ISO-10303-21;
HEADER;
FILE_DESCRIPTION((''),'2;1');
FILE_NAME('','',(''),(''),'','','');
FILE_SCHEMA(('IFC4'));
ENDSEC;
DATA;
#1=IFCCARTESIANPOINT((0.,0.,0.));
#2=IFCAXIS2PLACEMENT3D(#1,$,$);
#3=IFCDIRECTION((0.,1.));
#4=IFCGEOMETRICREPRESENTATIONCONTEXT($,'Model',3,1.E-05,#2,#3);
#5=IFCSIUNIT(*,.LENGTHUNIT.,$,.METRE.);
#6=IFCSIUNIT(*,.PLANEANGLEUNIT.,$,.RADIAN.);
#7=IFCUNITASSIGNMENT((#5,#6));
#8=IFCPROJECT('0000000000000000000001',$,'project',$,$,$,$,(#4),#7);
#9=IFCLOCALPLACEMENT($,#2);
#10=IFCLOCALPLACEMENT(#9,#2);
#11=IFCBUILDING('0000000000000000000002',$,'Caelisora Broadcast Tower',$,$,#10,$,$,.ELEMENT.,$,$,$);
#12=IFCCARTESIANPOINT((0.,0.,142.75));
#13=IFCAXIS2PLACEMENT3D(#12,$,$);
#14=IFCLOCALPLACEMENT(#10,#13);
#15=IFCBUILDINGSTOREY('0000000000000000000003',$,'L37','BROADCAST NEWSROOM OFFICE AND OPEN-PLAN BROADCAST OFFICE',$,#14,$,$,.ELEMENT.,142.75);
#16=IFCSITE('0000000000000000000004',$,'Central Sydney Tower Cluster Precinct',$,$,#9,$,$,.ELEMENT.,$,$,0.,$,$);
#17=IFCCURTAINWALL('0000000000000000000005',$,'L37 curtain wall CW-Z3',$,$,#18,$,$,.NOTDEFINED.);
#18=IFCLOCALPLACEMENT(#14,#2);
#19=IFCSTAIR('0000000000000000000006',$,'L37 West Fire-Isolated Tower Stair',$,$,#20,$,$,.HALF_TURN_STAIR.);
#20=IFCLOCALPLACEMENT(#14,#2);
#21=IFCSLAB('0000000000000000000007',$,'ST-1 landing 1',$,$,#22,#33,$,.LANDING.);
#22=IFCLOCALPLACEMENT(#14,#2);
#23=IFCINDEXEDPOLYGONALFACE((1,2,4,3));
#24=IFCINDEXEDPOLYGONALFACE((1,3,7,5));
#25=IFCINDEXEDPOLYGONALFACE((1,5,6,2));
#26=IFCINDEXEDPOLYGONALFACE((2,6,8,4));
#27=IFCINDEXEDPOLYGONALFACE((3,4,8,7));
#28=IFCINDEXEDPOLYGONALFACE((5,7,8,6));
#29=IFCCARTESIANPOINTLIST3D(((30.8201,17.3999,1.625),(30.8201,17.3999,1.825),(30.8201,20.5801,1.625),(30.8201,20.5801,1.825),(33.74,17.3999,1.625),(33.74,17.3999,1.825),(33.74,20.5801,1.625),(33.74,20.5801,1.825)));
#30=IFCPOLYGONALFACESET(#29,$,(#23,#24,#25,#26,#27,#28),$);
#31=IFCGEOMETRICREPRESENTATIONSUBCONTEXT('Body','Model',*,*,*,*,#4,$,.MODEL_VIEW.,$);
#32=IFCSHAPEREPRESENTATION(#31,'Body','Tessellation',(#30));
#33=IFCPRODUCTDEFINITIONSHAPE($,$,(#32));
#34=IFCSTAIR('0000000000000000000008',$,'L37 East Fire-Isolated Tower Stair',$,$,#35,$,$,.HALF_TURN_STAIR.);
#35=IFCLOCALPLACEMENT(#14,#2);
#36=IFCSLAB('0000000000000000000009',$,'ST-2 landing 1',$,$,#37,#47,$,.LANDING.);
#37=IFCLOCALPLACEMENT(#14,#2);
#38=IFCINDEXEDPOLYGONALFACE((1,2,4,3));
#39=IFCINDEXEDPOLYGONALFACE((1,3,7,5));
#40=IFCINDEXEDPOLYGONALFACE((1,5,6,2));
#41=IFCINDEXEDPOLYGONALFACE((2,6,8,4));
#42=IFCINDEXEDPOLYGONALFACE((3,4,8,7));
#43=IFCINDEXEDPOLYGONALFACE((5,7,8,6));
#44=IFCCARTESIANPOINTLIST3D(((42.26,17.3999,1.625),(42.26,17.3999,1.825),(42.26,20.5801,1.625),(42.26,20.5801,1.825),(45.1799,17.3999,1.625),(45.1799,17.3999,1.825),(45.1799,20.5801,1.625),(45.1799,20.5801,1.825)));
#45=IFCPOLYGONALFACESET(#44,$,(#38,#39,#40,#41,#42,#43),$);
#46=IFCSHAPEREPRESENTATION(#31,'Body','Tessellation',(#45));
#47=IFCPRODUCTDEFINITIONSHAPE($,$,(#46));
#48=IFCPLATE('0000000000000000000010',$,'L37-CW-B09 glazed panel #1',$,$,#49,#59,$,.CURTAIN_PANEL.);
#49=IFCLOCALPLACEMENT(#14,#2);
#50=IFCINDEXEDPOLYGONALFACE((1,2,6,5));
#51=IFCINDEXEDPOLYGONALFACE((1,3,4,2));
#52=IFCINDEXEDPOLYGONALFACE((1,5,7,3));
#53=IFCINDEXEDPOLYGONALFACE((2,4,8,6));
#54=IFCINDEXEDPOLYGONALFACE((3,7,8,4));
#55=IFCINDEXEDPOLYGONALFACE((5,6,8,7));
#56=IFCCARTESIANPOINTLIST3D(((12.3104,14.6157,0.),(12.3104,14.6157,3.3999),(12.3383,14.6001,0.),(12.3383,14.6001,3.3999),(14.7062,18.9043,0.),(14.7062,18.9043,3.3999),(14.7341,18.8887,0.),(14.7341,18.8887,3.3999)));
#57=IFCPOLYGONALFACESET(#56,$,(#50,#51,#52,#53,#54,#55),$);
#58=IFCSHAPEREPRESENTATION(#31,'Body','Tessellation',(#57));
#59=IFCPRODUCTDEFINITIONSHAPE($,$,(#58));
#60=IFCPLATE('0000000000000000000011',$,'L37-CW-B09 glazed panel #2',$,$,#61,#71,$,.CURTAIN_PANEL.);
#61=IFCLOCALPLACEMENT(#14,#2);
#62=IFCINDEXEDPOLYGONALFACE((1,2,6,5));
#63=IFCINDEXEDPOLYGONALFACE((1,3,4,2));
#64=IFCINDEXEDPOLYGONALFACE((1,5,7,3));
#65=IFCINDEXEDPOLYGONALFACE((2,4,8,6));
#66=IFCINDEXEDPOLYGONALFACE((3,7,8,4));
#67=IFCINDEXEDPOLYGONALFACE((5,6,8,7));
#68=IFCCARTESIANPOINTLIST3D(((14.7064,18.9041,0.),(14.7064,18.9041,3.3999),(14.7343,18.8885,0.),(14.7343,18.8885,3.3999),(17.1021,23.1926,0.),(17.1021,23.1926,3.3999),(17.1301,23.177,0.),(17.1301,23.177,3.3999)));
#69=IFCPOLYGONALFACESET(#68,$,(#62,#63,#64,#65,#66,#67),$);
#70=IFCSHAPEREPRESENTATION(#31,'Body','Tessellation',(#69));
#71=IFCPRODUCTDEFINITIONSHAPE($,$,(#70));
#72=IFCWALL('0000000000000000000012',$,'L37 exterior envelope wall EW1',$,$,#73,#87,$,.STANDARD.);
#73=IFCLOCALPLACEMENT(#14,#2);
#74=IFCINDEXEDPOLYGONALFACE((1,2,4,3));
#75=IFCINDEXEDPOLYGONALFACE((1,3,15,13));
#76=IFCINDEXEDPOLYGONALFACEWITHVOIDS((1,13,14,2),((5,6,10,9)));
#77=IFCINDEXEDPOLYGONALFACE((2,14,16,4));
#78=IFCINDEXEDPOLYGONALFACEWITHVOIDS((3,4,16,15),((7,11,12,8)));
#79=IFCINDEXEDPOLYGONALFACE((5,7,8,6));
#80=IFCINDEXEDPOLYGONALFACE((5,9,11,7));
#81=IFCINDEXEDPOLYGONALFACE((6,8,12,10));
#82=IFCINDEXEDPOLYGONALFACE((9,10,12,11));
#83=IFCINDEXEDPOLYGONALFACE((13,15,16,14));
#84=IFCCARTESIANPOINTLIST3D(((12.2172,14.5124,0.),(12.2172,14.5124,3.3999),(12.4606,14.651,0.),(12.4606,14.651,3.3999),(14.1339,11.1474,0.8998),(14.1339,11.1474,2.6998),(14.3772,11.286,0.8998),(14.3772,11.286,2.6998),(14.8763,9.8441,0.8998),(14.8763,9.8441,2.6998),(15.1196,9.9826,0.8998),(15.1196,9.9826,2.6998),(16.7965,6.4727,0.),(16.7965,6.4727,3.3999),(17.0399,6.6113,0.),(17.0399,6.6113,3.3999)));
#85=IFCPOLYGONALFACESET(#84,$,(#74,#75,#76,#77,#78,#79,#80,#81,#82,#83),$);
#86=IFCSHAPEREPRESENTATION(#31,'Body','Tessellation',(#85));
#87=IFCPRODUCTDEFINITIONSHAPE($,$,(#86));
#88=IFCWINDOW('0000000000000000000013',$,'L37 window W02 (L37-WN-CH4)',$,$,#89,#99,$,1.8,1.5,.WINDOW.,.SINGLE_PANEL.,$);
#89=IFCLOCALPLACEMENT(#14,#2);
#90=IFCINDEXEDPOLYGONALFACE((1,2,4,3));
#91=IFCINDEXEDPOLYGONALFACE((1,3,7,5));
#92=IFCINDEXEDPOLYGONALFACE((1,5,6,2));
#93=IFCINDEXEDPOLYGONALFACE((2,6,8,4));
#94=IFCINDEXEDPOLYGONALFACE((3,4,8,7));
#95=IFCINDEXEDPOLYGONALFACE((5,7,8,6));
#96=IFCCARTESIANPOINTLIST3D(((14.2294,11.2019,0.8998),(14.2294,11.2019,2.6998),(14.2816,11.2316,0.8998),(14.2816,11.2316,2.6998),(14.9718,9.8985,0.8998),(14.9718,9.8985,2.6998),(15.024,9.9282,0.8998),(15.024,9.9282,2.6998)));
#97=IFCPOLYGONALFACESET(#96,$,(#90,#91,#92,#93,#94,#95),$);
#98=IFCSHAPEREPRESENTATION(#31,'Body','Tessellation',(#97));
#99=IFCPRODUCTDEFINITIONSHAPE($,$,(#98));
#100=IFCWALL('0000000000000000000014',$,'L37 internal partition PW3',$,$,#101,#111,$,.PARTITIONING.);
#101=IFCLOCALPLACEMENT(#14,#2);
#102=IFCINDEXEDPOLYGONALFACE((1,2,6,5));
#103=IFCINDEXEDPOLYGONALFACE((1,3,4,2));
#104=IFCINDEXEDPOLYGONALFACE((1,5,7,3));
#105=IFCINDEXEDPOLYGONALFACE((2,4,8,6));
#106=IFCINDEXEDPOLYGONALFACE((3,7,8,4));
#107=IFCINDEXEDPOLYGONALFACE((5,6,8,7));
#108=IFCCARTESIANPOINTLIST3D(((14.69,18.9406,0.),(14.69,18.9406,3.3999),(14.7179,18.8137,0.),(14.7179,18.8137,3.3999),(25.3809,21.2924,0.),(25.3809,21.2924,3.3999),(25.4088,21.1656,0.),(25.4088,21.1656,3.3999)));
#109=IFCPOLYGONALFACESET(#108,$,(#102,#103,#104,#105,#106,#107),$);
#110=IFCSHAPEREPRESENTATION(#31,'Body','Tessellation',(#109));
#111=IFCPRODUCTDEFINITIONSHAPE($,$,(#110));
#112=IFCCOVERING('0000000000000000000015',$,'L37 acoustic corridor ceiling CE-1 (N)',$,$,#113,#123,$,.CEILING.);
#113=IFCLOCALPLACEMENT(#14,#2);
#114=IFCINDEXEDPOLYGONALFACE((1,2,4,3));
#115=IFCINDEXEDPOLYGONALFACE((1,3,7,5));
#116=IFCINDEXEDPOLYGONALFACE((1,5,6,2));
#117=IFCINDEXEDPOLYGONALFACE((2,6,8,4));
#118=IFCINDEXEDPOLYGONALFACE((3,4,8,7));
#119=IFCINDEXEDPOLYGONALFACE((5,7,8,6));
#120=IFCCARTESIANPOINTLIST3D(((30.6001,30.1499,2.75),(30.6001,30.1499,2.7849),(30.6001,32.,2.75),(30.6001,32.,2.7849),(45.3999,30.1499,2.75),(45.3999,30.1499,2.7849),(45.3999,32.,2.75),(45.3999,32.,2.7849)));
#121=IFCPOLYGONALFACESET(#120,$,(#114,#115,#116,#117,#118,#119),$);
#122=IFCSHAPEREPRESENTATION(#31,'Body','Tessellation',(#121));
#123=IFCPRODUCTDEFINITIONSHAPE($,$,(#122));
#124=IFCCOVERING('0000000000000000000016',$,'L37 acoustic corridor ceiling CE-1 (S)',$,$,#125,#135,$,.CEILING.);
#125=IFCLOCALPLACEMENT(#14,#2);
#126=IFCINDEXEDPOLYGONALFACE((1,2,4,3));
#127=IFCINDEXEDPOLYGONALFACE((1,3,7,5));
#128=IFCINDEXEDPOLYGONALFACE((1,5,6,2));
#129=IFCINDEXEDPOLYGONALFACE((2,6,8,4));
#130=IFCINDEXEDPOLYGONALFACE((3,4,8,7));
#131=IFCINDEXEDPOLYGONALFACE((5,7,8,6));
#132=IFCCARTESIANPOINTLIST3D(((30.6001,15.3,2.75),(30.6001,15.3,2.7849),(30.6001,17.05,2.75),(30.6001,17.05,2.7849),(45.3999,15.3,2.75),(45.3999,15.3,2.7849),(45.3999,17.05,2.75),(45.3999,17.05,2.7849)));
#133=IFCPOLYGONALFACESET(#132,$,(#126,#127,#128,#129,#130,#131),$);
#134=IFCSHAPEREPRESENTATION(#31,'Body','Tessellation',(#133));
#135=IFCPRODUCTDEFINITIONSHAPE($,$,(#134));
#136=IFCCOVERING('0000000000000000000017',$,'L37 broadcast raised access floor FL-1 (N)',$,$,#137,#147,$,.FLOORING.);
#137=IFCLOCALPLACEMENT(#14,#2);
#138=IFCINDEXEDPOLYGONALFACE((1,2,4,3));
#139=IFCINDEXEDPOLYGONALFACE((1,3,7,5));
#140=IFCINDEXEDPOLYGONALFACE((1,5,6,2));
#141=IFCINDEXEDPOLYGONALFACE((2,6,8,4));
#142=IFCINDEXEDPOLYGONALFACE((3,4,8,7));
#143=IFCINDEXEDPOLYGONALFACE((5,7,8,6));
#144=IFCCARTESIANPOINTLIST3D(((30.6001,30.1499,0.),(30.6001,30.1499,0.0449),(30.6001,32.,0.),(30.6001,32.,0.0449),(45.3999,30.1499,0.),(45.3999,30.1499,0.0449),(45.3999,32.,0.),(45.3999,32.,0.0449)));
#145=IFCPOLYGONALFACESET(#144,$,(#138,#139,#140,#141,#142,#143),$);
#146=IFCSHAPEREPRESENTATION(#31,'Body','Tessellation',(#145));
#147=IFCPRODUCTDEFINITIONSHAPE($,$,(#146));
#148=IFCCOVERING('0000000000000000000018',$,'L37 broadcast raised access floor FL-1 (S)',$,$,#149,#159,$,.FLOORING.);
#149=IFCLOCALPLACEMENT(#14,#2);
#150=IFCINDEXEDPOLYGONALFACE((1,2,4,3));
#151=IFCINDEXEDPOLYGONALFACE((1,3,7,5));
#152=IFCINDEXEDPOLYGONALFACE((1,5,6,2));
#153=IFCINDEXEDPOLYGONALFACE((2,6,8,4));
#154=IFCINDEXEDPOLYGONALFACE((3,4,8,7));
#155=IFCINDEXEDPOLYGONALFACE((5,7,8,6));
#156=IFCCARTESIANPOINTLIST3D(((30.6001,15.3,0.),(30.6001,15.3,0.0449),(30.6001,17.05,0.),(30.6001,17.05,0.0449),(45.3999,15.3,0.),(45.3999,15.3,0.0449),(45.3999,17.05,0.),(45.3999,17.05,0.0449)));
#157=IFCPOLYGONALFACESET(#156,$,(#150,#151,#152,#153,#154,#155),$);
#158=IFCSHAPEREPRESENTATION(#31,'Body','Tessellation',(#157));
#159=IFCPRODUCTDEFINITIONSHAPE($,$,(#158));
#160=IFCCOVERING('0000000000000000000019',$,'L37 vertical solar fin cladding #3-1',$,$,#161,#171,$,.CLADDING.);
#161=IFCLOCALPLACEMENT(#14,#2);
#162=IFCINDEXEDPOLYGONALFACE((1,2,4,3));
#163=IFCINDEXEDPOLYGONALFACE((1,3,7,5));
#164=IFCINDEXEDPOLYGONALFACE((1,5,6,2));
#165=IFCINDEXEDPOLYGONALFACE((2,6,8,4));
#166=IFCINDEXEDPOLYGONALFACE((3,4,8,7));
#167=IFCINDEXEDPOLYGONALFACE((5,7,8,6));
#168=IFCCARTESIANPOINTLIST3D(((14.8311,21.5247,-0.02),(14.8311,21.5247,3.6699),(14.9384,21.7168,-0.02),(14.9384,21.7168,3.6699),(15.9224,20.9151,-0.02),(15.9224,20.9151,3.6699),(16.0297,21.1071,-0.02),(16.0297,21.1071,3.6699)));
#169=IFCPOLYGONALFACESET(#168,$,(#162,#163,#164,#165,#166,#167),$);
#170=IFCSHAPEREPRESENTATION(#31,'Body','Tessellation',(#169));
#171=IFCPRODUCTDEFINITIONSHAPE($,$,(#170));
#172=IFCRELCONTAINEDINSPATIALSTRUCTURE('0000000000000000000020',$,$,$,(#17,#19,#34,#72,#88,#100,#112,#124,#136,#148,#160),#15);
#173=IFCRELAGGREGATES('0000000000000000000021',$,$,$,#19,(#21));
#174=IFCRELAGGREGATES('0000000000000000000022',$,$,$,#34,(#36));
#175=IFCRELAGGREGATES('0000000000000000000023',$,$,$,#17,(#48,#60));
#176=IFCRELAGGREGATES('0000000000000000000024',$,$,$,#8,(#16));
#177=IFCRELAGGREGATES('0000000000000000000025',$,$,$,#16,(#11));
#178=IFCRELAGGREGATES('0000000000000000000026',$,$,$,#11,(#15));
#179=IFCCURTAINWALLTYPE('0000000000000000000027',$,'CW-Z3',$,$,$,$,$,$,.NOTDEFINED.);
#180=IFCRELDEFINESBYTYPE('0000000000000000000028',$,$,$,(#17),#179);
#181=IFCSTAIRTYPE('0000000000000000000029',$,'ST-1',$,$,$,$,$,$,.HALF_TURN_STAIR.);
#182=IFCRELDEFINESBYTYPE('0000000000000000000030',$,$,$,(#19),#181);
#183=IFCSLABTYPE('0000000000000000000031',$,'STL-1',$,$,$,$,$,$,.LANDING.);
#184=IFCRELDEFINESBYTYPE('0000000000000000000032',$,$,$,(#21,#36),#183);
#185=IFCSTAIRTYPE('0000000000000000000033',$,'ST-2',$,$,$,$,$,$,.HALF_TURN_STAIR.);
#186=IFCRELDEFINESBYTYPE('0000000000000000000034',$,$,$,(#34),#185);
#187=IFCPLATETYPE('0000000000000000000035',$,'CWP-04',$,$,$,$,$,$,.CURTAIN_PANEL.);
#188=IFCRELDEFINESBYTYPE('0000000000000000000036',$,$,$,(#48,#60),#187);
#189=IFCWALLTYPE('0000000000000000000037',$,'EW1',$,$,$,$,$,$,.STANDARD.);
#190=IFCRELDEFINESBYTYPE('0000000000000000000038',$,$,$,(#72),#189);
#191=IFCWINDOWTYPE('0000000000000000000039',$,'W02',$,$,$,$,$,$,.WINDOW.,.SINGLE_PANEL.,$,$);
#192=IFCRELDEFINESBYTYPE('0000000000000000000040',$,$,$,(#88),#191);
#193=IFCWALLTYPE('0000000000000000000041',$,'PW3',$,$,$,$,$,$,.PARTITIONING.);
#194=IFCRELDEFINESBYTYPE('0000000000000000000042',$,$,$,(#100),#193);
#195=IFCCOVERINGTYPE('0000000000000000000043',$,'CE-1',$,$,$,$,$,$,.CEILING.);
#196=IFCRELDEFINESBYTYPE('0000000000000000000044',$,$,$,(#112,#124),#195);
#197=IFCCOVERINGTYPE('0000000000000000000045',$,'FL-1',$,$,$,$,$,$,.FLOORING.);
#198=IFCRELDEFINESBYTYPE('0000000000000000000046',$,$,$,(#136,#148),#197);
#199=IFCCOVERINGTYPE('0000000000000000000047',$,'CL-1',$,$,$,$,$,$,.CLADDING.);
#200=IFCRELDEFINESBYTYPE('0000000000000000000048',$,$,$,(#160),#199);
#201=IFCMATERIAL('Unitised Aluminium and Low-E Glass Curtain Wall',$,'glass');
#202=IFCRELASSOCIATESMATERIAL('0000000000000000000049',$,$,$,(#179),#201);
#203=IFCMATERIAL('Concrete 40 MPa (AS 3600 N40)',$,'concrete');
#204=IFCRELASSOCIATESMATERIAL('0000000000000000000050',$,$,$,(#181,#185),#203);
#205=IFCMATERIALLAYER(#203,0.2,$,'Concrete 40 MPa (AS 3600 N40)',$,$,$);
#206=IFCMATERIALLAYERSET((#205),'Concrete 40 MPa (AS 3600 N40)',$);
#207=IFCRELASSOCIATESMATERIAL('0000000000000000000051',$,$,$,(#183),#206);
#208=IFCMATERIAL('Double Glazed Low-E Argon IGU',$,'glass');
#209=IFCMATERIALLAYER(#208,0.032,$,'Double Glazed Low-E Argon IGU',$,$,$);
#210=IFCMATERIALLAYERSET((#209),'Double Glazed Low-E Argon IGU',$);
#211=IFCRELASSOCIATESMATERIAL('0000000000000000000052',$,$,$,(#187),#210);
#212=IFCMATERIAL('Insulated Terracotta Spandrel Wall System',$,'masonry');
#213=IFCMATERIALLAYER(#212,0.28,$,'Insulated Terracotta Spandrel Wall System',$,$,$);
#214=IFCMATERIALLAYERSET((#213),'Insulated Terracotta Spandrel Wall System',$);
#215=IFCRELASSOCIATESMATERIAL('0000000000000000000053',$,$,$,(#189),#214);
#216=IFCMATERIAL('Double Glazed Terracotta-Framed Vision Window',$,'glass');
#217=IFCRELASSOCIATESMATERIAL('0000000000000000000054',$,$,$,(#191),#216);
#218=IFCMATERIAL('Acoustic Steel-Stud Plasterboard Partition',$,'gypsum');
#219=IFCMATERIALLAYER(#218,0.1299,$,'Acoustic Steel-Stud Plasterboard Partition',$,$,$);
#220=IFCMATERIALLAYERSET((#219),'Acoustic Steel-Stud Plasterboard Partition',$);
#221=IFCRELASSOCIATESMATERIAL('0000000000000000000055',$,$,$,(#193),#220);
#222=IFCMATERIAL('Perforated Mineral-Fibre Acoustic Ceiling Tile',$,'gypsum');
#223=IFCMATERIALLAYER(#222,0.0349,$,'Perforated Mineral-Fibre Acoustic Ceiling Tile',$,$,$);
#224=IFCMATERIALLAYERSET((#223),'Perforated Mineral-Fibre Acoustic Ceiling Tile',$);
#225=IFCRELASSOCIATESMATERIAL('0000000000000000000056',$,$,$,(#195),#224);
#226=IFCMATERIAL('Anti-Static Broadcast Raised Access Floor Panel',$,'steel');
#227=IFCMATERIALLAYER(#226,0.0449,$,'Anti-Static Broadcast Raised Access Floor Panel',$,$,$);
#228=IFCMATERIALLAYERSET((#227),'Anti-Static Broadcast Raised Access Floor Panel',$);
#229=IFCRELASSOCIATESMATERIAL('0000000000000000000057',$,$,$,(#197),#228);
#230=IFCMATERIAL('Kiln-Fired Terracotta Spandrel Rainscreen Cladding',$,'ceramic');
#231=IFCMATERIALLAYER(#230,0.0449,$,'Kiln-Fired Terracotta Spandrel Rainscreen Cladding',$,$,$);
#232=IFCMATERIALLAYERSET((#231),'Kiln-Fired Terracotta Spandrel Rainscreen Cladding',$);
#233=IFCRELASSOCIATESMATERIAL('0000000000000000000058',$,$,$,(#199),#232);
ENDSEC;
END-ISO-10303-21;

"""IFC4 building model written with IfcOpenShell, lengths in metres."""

from ifc_helpers import new_model, si_unit, direction, frame, frame_2d, origin, origin_2d, place, context, subcontext, project, spatial, polyline, rectangle, outline, extrude, source, transform, mapped, material, layer, layer_set, type_object, type_shapes, element, fill, aggregate, save


model = new_model("IFC4")

# Units and contexts
model_context = context("Model", 3, precision=1e-05, world=origin(), true_north=direction((0.0, 1.0)))
body_context = subcontext(model_context, "Body", "Model", "MODEL_VIEW")
ifc_project = project(units=[si_unit("LENGTHUNIT", "METRE"), si_unit("PLANEANGLEUNIT", "RADIAN")], contexts=[model_context])

# Site, building, storey
site_placement = place(None, origin())
site = spatial("IfcSite", under=ifc_project, at=site_placement, Name="Central Sydney Tower Cluster Precinct", CompositionType="ELEMENT", RefElevation=0.0)
building_placement = place(site_placement, origin())
building = spatial("IfcBuilding", under=site, at=building_placement, Name="Caelisora Broadcast Tower", CompositionType="ELEMENT")
storey_placement = place(building_placement, frame((0.0, 0.0, 142.75)))
storey = spatial("IfcBuildingStorey", under=building, at=storey_placement, Name="L37", Description="BROADCAST NEWSROOM OFFICE AND OPEN-PLAN BROADCAST OFFICE", CompositionType="ELEMENT", Elevation=142.75)

# Curtain wall
ifc_material_1 = material(Name="Unitised Aluminium and Low-E Glass Curtain Wall", Category="glass")
curtain_wall_type = type_object("IfcCurtainWallType", Name="CW-Z3", PredefinedType="NOTDEFINED", material=ifc_material_1)
curtain_wall_placement = place(storey_placement, origin())
curtain_wall = element("IfcCurtainWall", 1, at=curtain_wall_placement, inside=storey, type_object=curtain_wall_type, Name="L37 curtain wall CW-Z3", PredefinedType="NOTDEFINED")

# Shared definitions
ifc_material_2 = material(Name="Concrete 40 MPa (AS 3600 N40)", Category="concrete")

# Stairs, slabs
stair_type_1 = type_object("IfcStairType", Name="ST-1", PredefinedType="HALF_TURN_STAIR", material=ifc_material_2)
stair_1_placement = place(storey_placement, origin())
stair_1 = element("IfcStair", 2, at=stair_1_placement, inside=storey, type_object=stair_type_1, Name="L37 West Fire-Isolated Tower Stair", PredefinedType="HALF_TURN_STAIR")
ifc_layer_1 = layer(ifc_material_2, 0.2, Name="Concrete 40 MPa (AS 3600 N40)")
ifc_layer_set_1 = layer_set([ifc_layer_1], Name="Concrete 40 MPa (AS 3600 N40)")
slab_type_1 = type_object("IfcSlabType", Name="STL-1", PredefinedType="LANDING", material=ifc_layer_set_1)
slab_1_placement = place(storey_placement, frame((0.0, 0.0, 1.625)))
slab_1 = element("IfcSlab", 3, at=slab_1_placement, type_object=slab_type_1, Name="ST-1 landing 1", PredefinedType="LANDING", context=body_context, shape_type="SweptSolid", body=[
    extrude(outline(polyline([(30.8201, 20.5801), (30.8201, 17.3999), (33.74, 17.3999), (33.74, 20.5801), (30.8201, 20.5801)])), origin(), (0.0, 0.0, 1.0), 0.2),
])
aggregate(stair_1, [slab_1])
stair_type_2 = type_object("IfcStairType", Name="ST-2", PredefinedType="HALF_TURN_STAIR", material=ifc_material_2)
stair_2_placement = place(storey_placement, origin())
stair_2 = element("IfcStair", 4, at=stair_2_placement, inside=storey, type_object=stair_type_2, Name="L37 East Fire-Isolated Tower Stair", PredefinedType="HALF_TURN_STAIR")
slab_2_placement = place(storey_placement, frame((0.0, 0.0, 1.625)))
slab_2 = element("IfcSlab", 5, at=slab_2_placement, type_object=slab_type_1, Name="ST-2 landing 1", PredefinedType="LANDING", context=body_context, shape_type="SweptSolid", body=[
    extrude(outline(polyline([(42.26, 20.5801), (42.26, 17.3999), (45.1799, 17.3999), (45.1799, 20.5801), (42.26, 20.5801)])), origin(), (0.0, 0.0, 1.0), 0.2),
])
aggregate(stair_2, [slab_2])

# Plates
ifc_material_3 = material(Name="Double Glazed Low-E Argon IGU", Category="glass")
ifc_layer_2 = layer(ifc_material_3, 0.032, Name="Double Glazed Low-E Argon IGU")
ifc_layer_set_2 = layer_set([ifc_layer_2], Name="Double Glazed Low-E Argon IGU")
plate_type = type_object("IfcPlateType", Name="CWP-04", PredefinedType="CURTAIN_PANEL", material=ifc_layer_set_2)
shared_shape_1 = source(origin(), body_context, "Body", "SweptSolid", [
    extrude(rectangle(XDim=4.9124, YDim=0.032, at=origin_2d()), origin(), (0.0, 0.0, 1.0), 3.3999),
])
type_shapes(plate_type, [shared_shape_1])
plate_1_placement = place(storey_placement, frame((13.5222, 16.7522, 0.0), z_axis=(0.0, 0.0, 1.0), x_axis=(0.487707, 0.873007, 0.0)))
plate_1 = element("IfcPlate", 6, at=plate_1_placement, type_object=plate_type, Name="L37-CW-B09 glazed panel #1", PredefinedType="CURTAIN_PANEL", context=body_context, shape_type="MappedRepresentation", body=[
    mapped(shared_shape_1, transform((0.0, 0.0, 0.0), scale=1.0)),
])
plate_2_placement = place(storey_placement, frame((15.9182, 21.0405, 0.0), z_axis=(0.0, 0.0, 1.0), x_axis=(0.487707, 0.873007, 0.0)))
plate_2 = element("IfcPlate", 7, at=plate_2_placement, type_object=plate_type, Name="L37-CW-B09 glazed panel #2", PredefinedType="CURTAIN_PANEL", context=body_context, shape_type="MappedRepresentation", body=[
    mapped(shared_shape_1, transform((0.0, 0.0, 0.0), scale=1.0)),
])
aggregate(curtain_wall, [plate_1, plate_2])

# Wall, opening, window
ifc_material_4 = material(Name="Insulated Terracotta Spandrel Wall System", Category="masonry")
ifc_layer_3 = layer(ifc_material_4, 0.28, Name="Insulated Terracotta Spandrel Wall System")
ifc_layer_set_3 = layer_set([ifc_layer_3], Name="Insulated Terracotta Spandrel Wall System")
wall_type_1 = type_object("IfcWallType", Name="EW1", PredefinedType="STANDARD", material=ifc_layer_set_3)
wall_1_placement = place(storey_placement, frame((16.9182, 6.542, 0.0), z_axis=(0.0, 0.0, 1.0), x_axis=(-0.494931, 0.868932, 0.0)))
wall_1 = element("IfcWall", 8, at=wall_1_placement, inside=storey, type_object=wall_type_1, Name="L37 exterior envelope wall EW1", PredefinedType="STANDARD", context=body_context, shape_type="SweptSolid", body=[
    extrude(rectangle(XDim=9.2524, YDim=0.28, at=frame_2d((4.6262, 0.0))), origin(), (0.0, 0.0, 1.0), 3.3999),
])
opening_placement = place(wall_1_placement, frame((3.8799, 0.0, 0.8999)))
opening = element("IfcOpeningElement", 9, at=opening_placement, cuts=wall_1, PredefinedType="OPENING", context=body_context, shape_type="SweptSolid", body=[
    extrude(rectangle(XDim=1.5, YDim=1.8, at=frame_2d((0.75, 0.8999))), frame((0.0, 0.1521, 0.0), z_axis=(0.0, -1.0, 0.0), x_axis=(1.0, 0.0, 0.0)), (0.0, 0.0, 1.0), 0.304),
])
ifc_material_5 = material(Name="Double Glazed Terracotta-Framed Vision Window", Category="glass")
window_type = type_object("IfcWindowType", Name="W02", PartitioningType="SINGLE_PANEL", PredefinedType="WINDOW", material=ifc_material_5)
window_placement = place(opening_placement, origin())
window = element("IfcWindow", 10, at=window_placement, inside=storey, type_object=window_type, Name="L37 window W02 (L37-WN-CH4)", OverallHeight=1.8, OverallWidth=1.5, PartitioningType="SINGLE_PANEL", PredefinedType="WINDOW", context=body_context, shape_type="SweptSolid", body=[
    extrude(rectangle(XDim=1.5, YDim=1.8, at=frame_2d((0.75, 0.8999))), frame((0.0, 0.03, 0.0), z_axis=(0.0, -1.0, 0.0), x_axis=(1.0, 0.0, 0.0)), (0.0, 0.0, 1.0), 0.0601),
])
fill(opening, window)

# Wall
ifc_material_6 = material(Name="Acoustic Steel-Stud Plasterboard Partition", Category="gypsum")
ifc_layer_4 = layer(ifc_material_6, 0.1299, Name="Acoustic Steel-Stud Plasterboard Partition")
ifc_layer_set_4 = layer_set([ifc_layer_4], Name="Acoustic Steel-Stud Plasterboard Partition")
wall_type_2 = type_object("IfcWallType", Name="PW3", PredefinedType="PARTITIONING", material=ifc_layer_set_4)
wall_2_placement = place(storey_placement, frame((14.7041, 18.8772, 0.0), z_axis=(0.0, 0.0, 1.0), x_axis=(0.976648, 0.214845, 0.0)))
element("IfcWall", 11, at=wall_2_placement, inside=storey, type_object=wall_type_2, Name="L37 internal partition PW3", PredefinedType="PARTITIONING", context=body_context, shape_type="SweptSolid", body=[
    extrude(rectangle(XDim=10.9465, YDim=0.1299, at=frame_2d((5.4731, 0.0))), origin(), (0.0, 0.0, 1.0), 3.3999),
])

# Coverings
ifc_material_7 = material(Name="Perforated Mineral-Fibre Acoustic Ceiling Tile", Category="gypsum")
ifc_layer_5 = layer(ifc_material_7, 0.0349, Name="Perforated Mineral-Fibre Acoustic Ceiling Tile")
ifc_layer_set_5 = layer_set([ifc_layer_5], Name="Perforated Mineral-Fibre Acoustic Ceiling Tile")
covering_type_1 = type_object("IfcCoveringType", Name="CE-1", PredefinedType="CEILING", material=ifc_layer_set_5)
covering_1_placement = place(storey_placement, frame((0.0, 0.0, 2.75)))
element("IfcCovering", 12, at=covering_1_placement, inside=storey, type_object=covering_type_1, Name="L37 acoustic corridor ceiling CE-1 (N)", PredefinedType="CEILING", context=body_context, shape_type="SweptSolid", body=[
    extrude(outline(polyline([(30.6001, 30.1499), (45.3999, 30.1499), (45.3999, 32.0), (30.6001, 32.0), (30.6001, 30.1499)])), origin(), (0.0, 0.0, 1.0), 0.0349),
])
covering_2_placement = place(storey_placement, frame((0.0, 0.0, 2.75)))
element("IfcCovering", 13, at=covering_2_placement, inside=storey, type_object=covering_type_1, Name="L37 acoustic corridor ceiling CE-1 (S)", PredefinedType="CEILING", context=body_context, shape_type="SweptSolid", body=[
    extrude(outline(polyline([(30.6001, 15.3), (45.3999, 15.3), (45.3999, 17.05), (30.6001, 17.05), (30.6001, 15.3)])), origin(), (0.0, 0.0, 1.0), 0.0349),
])
ifc_material_8 = material(Name="Anti-Static Broadcast Raised Access Floor Panel", Category="steel")
ifc_layer_6 = layer(ifc_material_8, 0.0449, Name="Anti-Static Broadcast Raised Access Floor Panel")
ifc_layer_set_6 = layer_set([ifc_layer_6], Name="Anti-Static Broadcast Raised Access Floor Panel")
covering_type_2 = type_object("IfcCoveringType", Name="FL-1", PredefinedType="FLOORING", material=ifc_layer_set_6)
covering_3_placement = place(storey_placement, origin())
element("IfcCovering", 14, at=covering_3_placement, inside=storey, type_object=covering_type_2, Name="L37 broadcast raised access floor FL-1 (N)", PredefinedType="FLOORING", context=body_context, shape_type="SweptSolid", body=[
    extrude(outline(polyline([(30.6001, 30.1499), (45.3999, 30.1499), (45.3999, 32.0), (30.6001, 32.0), (30.6001, 30.1499)])), origin(), (0.0, 0.0, 1.0), 0.0449),
])
covering_4_placement = place(storey_placement, origin())
element("IfcCovering", 15, at=covering_4_placement, inside=storey, type_object=covering_type_2, Name="L37 broadcast raised access floor FL-1 (S)", PredefinedType="FLOORING", context=body_context, shape_type="SweptSolid", body=[
    extrude(outline(polyline([(30.6001, 15.3), (45.3999, 15.3), (45.3999, 17.05), (30.6001, 17.05), (30.6001, 15.3)])), origin(), (0.0, 0.0, 1.0), 0.0449),
])
ifc_material_9 = material(Name="Kiln-Fired Terracotta Spandrel Rainscreen Cladding", Category="ceramic")
ifc_layer_7 = layer(ifc_material_9, 0.0449, Name="Kiln-Fired Terracotta Spandrel Rainscreen Cladding")
ifc_layer_set_7 = layer_set([ifc_layer_7], Name="Kiln-Fired Terracotta Spandrel Rainscreen Cladding")
covering_type_3 = type_object("IfcCoveringType", Name="CL-1", PredefinedType="CLADDING", material=ifc_layer_set_7)
shared_shape_2 = source(origin(), body_context, "Body", "SweptSolid", [
    extrude(rectangle(XDim=0.22, YDim=1.25, at=origin_2d()), origin(), (0.0, 0.0, 1.0), 3.6899),
])
type_shapes(covering_type_3, [shared_shape_2])
covering_5_placement = place(storey_placement, frame((15.4304, 21.3159, -0.02), z_axis=(0.0, 0.0, 1.0), x_axis=(0.487707, 0.873007, 0.0)))
element("IfcCovering", 16, at=covering_5_placement, inside=storey, type_object=covering_type_3, Name="L37 vertical solar fin cladding #3-1", PredefinedType="CLADDING", context=body_context, shape_type="MappedRepresentation", body=[
    mapped(shared_shape_2, transform((0.0, 0.0, 0.0), scale=1.0)),
])

save(model, "model.ifc")
